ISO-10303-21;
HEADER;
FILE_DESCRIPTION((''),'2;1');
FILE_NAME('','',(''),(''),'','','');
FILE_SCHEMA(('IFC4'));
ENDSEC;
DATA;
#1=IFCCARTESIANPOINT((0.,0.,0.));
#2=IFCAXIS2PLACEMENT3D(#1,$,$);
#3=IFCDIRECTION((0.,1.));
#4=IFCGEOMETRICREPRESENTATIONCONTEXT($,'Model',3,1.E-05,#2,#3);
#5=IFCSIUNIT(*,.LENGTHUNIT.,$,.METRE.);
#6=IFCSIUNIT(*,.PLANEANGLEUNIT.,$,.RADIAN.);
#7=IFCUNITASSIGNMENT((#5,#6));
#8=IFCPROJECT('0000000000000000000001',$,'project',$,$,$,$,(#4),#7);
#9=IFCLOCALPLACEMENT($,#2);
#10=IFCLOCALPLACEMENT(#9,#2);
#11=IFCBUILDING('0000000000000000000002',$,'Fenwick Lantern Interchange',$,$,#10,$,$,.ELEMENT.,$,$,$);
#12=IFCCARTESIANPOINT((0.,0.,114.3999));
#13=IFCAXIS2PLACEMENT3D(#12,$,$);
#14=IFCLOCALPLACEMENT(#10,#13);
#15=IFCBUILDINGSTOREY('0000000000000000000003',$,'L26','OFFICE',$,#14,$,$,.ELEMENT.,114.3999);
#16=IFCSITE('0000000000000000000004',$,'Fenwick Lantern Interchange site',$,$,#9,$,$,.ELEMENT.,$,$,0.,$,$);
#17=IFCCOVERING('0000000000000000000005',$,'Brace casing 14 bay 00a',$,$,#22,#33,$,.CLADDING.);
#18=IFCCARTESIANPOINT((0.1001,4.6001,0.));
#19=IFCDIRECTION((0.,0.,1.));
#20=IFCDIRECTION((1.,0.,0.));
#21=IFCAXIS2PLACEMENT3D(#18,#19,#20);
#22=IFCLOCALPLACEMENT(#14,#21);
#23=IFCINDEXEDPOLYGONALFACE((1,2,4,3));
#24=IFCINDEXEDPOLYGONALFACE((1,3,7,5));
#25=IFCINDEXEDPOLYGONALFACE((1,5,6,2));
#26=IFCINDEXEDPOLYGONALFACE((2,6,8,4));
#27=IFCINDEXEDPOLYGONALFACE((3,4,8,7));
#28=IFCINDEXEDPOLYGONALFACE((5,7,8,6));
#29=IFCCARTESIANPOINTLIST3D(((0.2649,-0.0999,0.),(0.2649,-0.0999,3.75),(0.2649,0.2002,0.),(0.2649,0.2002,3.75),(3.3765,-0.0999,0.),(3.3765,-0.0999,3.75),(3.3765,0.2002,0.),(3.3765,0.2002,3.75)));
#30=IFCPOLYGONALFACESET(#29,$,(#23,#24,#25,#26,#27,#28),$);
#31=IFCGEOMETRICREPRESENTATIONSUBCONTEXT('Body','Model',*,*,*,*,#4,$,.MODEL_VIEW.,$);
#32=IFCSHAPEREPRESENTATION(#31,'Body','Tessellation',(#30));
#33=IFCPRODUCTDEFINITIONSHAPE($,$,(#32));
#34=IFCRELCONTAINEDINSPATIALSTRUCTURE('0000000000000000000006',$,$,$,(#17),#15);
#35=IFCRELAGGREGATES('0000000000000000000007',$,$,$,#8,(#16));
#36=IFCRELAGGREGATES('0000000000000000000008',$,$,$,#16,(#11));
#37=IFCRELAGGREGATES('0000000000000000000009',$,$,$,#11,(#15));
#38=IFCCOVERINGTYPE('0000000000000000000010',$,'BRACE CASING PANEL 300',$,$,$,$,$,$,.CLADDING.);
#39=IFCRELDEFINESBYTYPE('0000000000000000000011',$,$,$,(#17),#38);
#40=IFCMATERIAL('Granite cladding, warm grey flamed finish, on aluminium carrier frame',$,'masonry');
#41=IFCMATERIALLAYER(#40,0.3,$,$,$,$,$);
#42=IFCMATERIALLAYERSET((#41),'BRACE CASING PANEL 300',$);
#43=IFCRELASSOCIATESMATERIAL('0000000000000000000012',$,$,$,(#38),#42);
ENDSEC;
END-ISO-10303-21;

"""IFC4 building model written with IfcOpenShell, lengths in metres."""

from ifc_helpers import new_model, si_unit, direction, frame, origin, place, context, subcontext, project, spatial, polyline, outline, extrude, material, layer, layer_set, type_object, element, save


model = new_model("IFC4")

# Units and contexts
model_context = context("Model", 3, precision=1e-05, world=origin(), true_north=direction((0.0, 1.0)))
body_context = subcontext(model_context, "Body", "Model", "MODEL_VIEW")
ifc_project = project(units=[si_unit("LENGTHUNIT", "METRE"), si_unit("PLANEANGLEUNIT", "RADIAN")], contexts=[model_context])

# Site, building, storey
site_placement = place(None, origin())
site = spatial("IfcSite", under=ifc_project, at=site_placement, Name="Fenwick Lantern Interchange site", CompositionType="ELEMENT", RefElevation=0.0)
building_placement = place(site_placement, origin())
building = spatial("IfcBuilding", under=site, at=building_placement, Name="Fenwick Lantern Interchange", CompositionType="ELEMENT")
storey_placement = place(building_placement, frame((0.0, 0.0, 114.3999)))
storey = spatial("IfcBuildingStorey", under=building, at=storey_placement, Name="L26", Description="OFFICE", CompositionType="ELEMENT", Elevation=114.3999)

# Covering
ifc_material_1 = material(Name="Granite cladding, warm grey flamed finish, on aluminium carrier frame", Category="masonry")
ifc_layer_1 = layer(ifc_material_1, 0.3)
ifc_layer_set_1 = layer_set([ifc_layer_1], Name="BRACE CASING PANEL 300")
covering_type_1 = type_object("IfcCoveringType", Name="BRACE CASING PANEL 300", PredefinedType="CLADDING", material=ifc_layer_set_1)
covering_1_placement = place(storey_placement, frame((0.1001, 4.6001, 0.0), z_axis=(0.0, 0.0, 1.0), x_axis=(1.0, 0.0, 0.0)))
element("IfcCovering", 1, at=covering_1_placement, inside=storey, type_object=covering_type_1, Name="Brace casing 14 bay 00a", PredefinedType="CLADDING", context=body_context, shape_type="SweptSolid", body=[
    extrude(outline(polyline([(0.2649, 0.0), (3.3765, 0.0), (3.3765, 3.75), (0.2649, 3.75), (0.2649, 0.0)])), frame((0.0, 0.2002, 0.0), z_axis=(0.0, -1.0, 0.0), x_axis=(1.0, 0.0, 0.0)), (0.0, 0.0, 1.0), 0.3),
])

save(model, "model.ifc")
